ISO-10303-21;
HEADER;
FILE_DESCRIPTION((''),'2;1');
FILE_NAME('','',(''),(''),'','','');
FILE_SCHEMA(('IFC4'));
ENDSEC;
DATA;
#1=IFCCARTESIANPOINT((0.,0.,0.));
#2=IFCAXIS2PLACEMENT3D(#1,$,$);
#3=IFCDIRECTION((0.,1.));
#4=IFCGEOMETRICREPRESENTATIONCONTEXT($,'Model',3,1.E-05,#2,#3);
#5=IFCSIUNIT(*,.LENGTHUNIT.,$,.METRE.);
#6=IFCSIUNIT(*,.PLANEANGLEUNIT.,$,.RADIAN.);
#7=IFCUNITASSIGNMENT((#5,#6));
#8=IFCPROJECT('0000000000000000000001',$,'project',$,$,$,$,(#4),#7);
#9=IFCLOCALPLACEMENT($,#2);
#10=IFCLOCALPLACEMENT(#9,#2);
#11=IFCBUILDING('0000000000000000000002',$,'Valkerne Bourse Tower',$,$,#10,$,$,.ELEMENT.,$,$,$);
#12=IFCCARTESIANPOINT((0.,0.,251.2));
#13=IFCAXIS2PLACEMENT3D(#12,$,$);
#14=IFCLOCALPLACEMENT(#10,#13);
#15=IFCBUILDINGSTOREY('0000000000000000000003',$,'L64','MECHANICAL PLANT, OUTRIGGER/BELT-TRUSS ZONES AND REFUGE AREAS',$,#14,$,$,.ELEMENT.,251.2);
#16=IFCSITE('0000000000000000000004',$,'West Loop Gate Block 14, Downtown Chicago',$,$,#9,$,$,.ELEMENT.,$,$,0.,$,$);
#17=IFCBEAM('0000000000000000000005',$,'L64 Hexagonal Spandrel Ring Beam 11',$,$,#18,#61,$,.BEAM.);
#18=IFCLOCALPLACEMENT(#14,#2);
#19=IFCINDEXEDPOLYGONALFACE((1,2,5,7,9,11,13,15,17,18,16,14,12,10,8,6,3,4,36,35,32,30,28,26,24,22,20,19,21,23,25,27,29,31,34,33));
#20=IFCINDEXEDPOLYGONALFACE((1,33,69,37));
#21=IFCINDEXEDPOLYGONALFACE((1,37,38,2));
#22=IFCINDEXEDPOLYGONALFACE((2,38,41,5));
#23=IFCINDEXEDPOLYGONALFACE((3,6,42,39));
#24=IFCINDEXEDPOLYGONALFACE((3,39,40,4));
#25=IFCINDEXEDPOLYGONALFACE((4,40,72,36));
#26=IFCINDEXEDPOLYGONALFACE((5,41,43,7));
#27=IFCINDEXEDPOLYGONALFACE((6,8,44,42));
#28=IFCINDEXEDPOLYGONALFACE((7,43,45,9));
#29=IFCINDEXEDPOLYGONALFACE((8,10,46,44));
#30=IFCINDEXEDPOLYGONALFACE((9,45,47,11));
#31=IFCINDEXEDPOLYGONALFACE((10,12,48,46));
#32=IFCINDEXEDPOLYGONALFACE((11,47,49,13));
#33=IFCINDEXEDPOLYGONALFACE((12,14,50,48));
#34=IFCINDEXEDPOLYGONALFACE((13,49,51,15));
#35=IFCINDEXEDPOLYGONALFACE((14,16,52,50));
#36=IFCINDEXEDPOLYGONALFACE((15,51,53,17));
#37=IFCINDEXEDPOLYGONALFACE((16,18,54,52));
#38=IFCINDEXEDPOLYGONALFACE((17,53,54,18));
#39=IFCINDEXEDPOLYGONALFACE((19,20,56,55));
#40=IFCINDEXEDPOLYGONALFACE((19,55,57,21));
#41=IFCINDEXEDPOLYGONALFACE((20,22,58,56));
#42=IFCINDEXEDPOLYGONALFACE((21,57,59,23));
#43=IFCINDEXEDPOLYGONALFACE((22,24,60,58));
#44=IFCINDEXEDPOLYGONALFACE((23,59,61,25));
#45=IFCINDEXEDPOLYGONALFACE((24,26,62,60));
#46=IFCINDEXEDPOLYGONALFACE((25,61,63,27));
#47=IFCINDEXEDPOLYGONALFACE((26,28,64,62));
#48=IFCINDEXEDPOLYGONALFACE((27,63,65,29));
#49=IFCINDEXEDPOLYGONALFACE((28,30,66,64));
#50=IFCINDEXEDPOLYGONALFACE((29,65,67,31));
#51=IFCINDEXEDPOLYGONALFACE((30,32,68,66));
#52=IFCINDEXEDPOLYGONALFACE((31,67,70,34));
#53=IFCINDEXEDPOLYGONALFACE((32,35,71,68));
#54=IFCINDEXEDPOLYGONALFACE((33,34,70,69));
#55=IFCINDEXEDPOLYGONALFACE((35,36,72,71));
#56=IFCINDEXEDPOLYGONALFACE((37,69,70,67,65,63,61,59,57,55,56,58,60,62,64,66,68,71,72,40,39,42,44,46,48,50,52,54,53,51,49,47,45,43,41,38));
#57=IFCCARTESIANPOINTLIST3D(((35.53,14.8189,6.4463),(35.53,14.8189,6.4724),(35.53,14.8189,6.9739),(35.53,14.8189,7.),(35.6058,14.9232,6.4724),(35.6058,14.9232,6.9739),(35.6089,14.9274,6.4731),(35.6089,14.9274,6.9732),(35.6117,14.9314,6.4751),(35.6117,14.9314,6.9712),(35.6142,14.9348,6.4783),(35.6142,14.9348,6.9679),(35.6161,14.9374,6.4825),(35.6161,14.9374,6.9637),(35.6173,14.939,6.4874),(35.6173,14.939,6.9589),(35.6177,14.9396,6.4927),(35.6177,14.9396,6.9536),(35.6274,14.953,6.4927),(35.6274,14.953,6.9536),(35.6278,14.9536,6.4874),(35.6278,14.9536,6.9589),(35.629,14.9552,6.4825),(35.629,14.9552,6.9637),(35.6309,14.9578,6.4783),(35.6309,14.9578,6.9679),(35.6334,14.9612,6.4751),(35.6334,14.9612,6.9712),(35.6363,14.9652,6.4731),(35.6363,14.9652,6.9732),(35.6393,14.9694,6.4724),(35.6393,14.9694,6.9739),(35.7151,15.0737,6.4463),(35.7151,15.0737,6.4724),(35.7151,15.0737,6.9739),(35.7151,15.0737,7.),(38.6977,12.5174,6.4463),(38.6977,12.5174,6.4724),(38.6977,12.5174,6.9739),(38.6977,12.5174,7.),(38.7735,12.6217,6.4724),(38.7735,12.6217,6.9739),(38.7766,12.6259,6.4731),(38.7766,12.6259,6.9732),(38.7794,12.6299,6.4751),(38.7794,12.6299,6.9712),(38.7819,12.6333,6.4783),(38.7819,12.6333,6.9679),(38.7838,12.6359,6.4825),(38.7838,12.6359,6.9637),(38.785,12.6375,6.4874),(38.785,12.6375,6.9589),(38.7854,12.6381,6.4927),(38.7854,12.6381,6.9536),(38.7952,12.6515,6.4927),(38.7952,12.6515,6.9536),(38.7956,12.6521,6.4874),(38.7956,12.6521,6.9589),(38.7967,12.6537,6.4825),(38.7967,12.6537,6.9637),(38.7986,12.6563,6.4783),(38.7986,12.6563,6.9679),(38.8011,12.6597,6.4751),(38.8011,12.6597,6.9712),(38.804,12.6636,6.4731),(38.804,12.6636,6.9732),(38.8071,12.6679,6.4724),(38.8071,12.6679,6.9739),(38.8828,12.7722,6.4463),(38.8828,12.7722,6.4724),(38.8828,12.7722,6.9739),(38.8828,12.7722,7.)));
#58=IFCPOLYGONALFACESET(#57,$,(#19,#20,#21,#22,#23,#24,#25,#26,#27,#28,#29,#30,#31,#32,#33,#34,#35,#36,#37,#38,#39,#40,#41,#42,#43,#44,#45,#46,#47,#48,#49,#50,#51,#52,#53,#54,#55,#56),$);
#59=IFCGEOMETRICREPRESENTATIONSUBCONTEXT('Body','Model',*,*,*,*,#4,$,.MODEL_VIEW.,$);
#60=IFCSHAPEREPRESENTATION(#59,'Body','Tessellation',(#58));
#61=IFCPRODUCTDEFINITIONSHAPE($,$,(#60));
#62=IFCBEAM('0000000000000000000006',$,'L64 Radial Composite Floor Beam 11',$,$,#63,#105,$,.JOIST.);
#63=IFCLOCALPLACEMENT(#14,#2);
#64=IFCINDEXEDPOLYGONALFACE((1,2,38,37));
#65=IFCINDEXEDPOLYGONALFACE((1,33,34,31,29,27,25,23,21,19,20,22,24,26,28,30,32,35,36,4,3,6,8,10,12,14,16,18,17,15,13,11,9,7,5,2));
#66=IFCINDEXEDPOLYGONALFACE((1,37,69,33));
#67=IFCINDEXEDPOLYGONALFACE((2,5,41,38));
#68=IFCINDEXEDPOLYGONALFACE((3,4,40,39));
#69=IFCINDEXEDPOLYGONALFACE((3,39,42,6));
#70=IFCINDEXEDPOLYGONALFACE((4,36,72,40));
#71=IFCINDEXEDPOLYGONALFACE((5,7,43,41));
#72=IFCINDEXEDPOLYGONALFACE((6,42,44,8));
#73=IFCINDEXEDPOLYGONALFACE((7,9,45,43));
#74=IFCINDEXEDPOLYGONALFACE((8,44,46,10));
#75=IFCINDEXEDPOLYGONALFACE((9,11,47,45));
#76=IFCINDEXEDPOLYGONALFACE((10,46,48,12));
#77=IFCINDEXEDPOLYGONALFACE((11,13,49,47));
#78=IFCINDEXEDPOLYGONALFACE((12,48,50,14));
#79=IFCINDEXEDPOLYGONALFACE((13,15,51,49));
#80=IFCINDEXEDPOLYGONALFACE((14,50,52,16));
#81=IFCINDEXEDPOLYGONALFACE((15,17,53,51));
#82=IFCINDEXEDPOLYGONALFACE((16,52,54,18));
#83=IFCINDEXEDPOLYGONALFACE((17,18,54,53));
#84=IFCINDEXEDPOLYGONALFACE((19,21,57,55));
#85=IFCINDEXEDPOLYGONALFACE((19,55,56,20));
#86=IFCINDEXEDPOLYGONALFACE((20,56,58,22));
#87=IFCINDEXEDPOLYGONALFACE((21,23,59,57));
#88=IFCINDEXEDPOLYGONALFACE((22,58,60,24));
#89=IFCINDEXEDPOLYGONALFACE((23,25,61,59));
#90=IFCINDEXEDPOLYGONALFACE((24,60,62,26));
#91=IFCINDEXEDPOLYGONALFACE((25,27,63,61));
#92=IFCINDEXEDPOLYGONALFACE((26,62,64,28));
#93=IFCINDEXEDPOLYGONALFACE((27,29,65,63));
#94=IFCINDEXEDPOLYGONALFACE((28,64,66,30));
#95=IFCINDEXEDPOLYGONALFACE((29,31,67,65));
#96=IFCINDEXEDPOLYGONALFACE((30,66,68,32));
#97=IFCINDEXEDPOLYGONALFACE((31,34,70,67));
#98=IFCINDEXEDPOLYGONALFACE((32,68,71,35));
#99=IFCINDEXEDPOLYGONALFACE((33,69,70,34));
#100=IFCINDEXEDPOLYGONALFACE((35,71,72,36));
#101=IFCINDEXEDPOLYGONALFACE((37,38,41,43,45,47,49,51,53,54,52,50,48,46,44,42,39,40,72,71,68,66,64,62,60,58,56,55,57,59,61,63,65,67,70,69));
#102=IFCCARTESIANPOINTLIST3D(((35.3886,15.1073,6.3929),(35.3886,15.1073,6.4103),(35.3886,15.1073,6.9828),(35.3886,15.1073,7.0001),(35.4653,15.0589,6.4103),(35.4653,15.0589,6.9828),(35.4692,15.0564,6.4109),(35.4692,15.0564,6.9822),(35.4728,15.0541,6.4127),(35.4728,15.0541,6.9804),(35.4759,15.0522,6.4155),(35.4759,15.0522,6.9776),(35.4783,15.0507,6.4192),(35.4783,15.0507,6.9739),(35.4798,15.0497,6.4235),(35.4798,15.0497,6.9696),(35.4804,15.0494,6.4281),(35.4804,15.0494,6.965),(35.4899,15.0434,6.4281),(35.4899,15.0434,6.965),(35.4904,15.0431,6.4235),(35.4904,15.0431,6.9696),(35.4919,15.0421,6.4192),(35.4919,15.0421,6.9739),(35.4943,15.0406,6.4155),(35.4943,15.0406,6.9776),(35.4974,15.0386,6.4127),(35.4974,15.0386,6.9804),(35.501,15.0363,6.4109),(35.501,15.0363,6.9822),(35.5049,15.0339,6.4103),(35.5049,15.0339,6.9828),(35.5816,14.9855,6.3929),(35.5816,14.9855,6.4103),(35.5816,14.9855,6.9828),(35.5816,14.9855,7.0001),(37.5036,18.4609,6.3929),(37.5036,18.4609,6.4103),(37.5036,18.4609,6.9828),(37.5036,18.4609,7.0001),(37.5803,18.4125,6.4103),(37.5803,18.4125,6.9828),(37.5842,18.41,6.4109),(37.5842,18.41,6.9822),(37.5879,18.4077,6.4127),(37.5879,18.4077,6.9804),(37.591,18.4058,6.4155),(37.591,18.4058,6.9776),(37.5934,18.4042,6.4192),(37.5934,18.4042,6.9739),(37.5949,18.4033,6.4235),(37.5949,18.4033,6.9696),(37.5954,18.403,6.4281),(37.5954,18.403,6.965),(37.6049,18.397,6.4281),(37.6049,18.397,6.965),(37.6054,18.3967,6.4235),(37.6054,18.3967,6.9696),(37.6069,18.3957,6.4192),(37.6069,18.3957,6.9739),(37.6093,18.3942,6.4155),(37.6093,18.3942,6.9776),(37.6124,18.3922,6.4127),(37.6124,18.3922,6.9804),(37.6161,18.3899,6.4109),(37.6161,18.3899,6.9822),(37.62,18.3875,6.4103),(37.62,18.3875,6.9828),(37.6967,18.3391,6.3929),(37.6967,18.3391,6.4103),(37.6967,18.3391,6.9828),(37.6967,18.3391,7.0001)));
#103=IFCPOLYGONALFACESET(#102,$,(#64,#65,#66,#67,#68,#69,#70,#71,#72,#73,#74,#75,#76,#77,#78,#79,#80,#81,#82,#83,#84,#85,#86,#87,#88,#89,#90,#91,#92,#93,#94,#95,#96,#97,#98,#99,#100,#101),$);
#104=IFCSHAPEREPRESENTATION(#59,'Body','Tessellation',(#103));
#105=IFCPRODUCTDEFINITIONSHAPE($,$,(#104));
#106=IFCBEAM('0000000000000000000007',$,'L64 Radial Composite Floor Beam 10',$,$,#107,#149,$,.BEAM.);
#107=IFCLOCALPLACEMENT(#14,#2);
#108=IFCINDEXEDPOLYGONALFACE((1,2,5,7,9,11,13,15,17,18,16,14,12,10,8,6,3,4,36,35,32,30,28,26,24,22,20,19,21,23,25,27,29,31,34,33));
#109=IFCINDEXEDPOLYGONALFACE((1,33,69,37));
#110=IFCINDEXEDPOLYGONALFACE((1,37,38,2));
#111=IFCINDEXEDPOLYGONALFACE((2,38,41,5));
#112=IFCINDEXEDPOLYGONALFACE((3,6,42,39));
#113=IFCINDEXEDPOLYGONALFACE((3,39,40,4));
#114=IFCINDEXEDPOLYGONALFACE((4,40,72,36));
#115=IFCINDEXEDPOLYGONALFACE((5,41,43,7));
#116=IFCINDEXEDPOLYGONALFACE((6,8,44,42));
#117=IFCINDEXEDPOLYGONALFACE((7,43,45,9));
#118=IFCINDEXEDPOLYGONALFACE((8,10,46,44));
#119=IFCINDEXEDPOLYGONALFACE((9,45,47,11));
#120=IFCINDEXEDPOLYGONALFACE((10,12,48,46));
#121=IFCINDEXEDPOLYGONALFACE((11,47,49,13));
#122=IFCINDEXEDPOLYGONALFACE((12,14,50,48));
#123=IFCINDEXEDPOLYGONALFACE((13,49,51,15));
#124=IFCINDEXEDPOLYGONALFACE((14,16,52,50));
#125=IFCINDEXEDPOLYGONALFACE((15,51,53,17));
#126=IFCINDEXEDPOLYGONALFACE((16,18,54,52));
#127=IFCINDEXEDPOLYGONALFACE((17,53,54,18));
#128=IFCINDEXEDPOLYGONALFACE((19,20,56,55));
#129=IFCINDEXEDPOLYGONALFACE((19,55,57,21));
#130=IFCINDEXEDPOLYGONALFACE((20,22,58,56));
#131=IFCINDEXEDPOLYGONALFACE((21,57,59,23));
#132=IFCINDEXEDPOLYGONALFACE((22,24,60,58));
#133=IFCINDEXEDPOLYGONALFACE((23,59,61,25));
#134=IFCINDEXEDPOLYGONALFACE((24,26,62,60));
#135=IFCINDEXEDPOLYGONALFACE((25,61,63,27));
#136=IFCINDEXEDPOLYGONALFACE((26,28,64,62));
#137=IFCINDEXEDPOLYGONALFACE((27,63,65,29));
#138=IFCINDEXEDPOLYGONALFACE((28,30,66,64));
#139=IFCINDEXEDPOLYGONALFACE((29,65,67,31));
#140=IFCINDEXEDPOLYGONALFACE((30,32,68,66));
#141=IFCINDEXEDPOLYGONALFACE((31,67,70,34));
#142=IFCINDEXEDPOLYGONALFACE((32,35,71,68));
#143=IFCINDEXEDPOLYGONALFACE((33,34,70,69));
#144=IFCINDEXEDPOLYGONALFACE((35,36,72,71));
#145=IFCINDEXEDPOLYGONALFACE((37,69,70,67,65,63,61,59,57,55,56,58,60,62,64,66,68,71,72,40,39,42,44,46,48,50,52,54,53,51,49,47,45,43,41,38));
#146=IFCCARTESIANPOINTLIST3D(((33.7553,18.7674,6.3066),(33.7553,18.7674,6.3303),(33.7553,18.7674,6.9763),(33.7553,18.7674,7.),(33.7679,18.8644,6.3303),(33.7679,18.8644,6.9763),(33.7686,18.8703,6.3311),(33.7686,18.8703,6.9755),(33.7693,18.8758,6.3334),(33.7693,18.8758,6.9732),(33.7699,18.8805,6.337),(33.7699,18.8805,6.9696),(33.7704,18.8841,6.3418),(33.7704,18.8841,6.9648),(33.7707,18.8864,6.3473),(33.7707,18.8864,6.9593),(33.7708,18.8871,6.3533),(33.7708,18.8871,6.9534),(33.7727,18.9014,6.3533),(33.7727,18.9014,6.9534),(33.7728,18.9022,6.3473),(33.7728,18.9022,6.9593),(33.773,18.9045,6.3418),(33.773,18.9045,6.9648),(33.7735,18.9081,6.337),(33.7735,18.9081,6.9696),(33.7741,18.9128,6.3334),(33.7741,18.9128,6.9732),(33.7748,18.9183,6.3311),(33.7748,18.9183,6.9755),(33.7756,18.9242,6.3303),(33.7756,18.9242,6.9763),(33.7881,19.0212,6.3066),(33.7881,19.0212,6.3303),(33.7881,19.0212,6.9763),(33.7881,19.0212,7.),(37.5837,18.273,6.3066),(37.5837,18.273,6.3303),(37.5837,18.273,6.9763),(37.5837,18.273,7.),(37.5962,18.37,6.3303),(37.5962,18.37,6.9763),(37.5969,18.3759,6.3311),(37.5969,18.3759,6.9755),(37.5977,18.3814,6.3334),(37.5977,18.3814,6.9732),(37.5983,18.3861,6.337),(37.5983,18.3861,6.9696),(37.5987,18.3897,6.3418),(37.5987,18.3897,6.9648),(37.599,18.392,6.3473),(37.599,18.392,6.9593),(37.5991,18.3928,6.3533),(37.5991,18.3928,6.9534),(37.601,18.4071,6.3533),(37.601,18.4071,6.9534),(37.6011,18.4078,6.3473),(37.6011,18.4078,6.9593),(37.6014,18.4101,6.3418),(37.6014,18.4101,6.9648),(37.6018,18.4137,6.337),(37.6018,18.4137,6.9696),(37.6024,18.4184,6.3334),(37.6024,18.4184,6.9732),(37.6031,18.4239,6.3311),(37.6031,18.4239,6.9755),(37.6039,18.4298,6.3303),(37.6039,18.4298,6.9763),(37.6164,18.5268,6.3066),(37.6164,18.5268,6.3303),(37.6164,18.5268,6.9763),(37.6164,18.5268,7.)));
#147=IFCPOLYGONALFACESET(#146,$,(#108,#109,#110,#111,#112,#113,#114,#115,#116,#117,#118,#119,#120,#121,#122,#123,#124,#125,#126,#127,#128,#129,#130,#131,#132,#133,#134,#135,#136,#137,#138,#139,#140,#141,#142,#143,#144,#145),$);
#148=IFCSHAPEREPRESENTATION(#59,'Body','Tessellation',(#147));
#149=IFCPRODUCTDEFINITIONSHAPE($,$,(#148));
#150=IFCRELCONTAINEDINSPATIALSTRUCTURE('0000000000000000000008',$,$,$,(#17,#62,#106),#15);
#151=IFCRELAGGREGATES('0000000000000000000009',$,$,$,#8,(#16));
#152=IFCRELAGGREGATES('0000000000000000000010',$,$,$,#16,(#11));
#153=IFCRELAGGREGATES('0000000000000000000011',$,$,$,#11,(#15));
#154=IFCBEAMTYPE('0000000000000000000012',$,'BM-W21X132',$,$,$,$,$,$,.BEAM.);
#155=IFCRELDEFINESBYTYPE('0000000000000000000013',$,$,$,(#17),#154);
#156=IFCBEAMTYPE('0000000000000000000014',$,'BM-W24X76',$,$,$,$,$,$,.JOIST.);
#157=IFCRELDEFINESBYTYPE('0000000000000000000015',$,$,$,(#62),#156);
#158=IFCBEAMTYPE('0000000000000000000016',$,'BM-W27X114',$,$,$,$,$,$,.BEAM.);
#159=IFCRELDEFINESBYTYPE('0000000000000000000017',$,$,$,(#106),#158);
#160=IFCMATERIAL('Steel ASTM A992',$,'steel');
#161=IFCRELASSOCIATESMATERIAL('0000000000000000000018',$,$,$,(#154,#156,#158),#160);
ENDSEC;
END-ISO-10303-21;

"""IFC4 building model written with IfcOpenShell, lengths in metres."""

from ifc_helpers import new_model, si_unit, direction, frame, origin, origin_2d, place, context, subcontext, project, spatial, i_section, extrude, material, material_profile, profile_set, type_object, element, save


model = new_model("IFC4")

# Units and contexts
model_context = context("Model", 3, precision=1e-05, world=origin(), true_north=direction((0.0, 1.0)))
body_context = subcontext(model_context, "Body", "Model", "MODEL_VIEW")
ifc_project = project(units=[si_unit("LENGTHUNIT", "METRE"), si_unit("PLANEANGLEUNIT", "RADIAN")], contexts=[model_context])

# Site, building, storey
site_placement = place(None, origin())
site = spatial("IfcSite", under=ifc_project, at=site_placement, Name="West Loop Gate Block 14, Downtown Chicago", CompositionType="ELEMENT", RefElevation=0.0)
building_placement = place(site_placement, origin())
building = spatial("IfcBuilding", under=site, at=building_placement, Name="Valkerne Bourse Tower", CompositionType="ELEMENT")
storey_placement = place(building_placement, frame((0.0, 0.0, 251.2)))
storey = spatial("IfcBuildingStorey", under=building, at=storey_placement, Name="L64", Description="MECHANICAL PLANT, OUTRIGGER/BELT-TRUSS ZONES AND REFUGE AREAS", CompositionType="ELEMENT", Elevation=251.2)

# Beams
ifc_material_1 = material(Name="Steel ASTM A992", Category="steel")
ifc_material_profile_1 = material_profile(ifc_material_1, i_section(OverallWidth=0.3149, OverallDepth=0.5537, WebThickness=0.0166, FlangeThickness=0.0261, FilletRadius=0.0203, at=origin_2d()), Name="W21X132")
ifc_profile_set_1 = profile_set([ifc_material_profile_1], Name="Steel ASTM A992")
beam_type_1 = type_object("IfcBeamType", Name="BM-W21X132", PredefinedType="BEAM", material=ifc_profile_set_1)
beam_1_placement = place(storey_placement, frame((35.6226, 14.9463, 6.7231), z_axis=(0.809014, -0.58779, 0.0), x_axis=(0.58779, 0.809014, 0.0)))
element("IfcBeam", 1, at=beam_1_placement, inside=storey, type_object=beam_type_1, Name="L64 Hexagonal Spandrel Ring Beam 11", PredefinedType="BEAM", context=body_context, shape_type="SweptSolid", body=[
    extrude(i_section(OverallWidth=0.3149, OverallDepth=0.5537, WebThickness=0.0166, FlangeThickness=0.0261, FilletRadius=0.0203, at=origin_2d()), origin(), (0.0, 0.0, 1.0), 3.9155),
])
ifc_material_profile_2 = material_profile(ifc_material_1, i_section(OverallWidth=0.2283, OverallDepth=0.6072, WebThickness=0.0112, FlangeThickness=0.0173, FilletRadius=0.0178, at=origin_2d()), Name="W24X76")
ifc_profile_set_2 = profile_set([ifc_material_profile_2], Name="Steel ASTM A992")
beam_type_2 = type_object("IfcBeamType", Name="BM-W24X76", PredefinedType="JOIST", material=ifc_profile_set_2)
beam_2_placement = place(storey_placement, frame((35.4851, 15.0464, 6.6965), z_axis=(0.533448, 0.845833, 0.0), x_axis=(-0.845833, 0.533448, 0.0)))
element("IfcBeam", 2, at=beam_2_placement, inside=storey, type_object=beam_type_2, Name="L64 Radial Composite Floor Beam 11", PredefinedType="JOIST", context=body_context, shape_type="SweptSolid", body=[
    extrude(i_section(OverallWidth=0.2283, OverallDepth=0.6072, WebThickness=0.0112, FlangeThickness=0.0173, FilletRadius=0.0178, at=origin_2d()), origin(), (0.0, 0.0, 1.0), 3.9648),
])
ifc_material_profile_3 = material_profile(ifc_material_1, i_section(OverallWidth=0.2559, OverallDepth=0.6934, WebThickness=0.0144, FlangeThickness=0.0237, FilletRadius=0.0229, at=origin_2d()), Name="W27X114")
ifc_profile_set_3 = profile_set([ifc_material_profile_3], Name="Steel ASTM A992")
beam_type_3 = type_object("IfcBeamType", Name="BM-W27X114", PredefinedType="BEAM", material=ifc_profile_set_3)
beam_3_placement = place(storey_placement, frame((33.7717, 18.8943, 6.6533), z_axis=(0.991765, -0.128074, 0.0), x_axis=(0.128074, 0.991765, 0.0)))
element("IfcBeam", 3, at=beam_3_placement, inside=storey, type_object=beam_type_3, Name="L64 Radial Composite Floor Beam 10", PredefinedType="BEAM", context=body_context, shape_type="SweptSolid", body=[
    extrude(i_section(OverallWidth=0.2559, OverallDepth=0.6934, WebThickness=0.0144, FlangeThickness=0.0237, FilletRadius=0.0229, at=origin_2d()), origin(), (0.0, 0.0, 1.0), 3.8601),
])

save(model, "model.ifc")
